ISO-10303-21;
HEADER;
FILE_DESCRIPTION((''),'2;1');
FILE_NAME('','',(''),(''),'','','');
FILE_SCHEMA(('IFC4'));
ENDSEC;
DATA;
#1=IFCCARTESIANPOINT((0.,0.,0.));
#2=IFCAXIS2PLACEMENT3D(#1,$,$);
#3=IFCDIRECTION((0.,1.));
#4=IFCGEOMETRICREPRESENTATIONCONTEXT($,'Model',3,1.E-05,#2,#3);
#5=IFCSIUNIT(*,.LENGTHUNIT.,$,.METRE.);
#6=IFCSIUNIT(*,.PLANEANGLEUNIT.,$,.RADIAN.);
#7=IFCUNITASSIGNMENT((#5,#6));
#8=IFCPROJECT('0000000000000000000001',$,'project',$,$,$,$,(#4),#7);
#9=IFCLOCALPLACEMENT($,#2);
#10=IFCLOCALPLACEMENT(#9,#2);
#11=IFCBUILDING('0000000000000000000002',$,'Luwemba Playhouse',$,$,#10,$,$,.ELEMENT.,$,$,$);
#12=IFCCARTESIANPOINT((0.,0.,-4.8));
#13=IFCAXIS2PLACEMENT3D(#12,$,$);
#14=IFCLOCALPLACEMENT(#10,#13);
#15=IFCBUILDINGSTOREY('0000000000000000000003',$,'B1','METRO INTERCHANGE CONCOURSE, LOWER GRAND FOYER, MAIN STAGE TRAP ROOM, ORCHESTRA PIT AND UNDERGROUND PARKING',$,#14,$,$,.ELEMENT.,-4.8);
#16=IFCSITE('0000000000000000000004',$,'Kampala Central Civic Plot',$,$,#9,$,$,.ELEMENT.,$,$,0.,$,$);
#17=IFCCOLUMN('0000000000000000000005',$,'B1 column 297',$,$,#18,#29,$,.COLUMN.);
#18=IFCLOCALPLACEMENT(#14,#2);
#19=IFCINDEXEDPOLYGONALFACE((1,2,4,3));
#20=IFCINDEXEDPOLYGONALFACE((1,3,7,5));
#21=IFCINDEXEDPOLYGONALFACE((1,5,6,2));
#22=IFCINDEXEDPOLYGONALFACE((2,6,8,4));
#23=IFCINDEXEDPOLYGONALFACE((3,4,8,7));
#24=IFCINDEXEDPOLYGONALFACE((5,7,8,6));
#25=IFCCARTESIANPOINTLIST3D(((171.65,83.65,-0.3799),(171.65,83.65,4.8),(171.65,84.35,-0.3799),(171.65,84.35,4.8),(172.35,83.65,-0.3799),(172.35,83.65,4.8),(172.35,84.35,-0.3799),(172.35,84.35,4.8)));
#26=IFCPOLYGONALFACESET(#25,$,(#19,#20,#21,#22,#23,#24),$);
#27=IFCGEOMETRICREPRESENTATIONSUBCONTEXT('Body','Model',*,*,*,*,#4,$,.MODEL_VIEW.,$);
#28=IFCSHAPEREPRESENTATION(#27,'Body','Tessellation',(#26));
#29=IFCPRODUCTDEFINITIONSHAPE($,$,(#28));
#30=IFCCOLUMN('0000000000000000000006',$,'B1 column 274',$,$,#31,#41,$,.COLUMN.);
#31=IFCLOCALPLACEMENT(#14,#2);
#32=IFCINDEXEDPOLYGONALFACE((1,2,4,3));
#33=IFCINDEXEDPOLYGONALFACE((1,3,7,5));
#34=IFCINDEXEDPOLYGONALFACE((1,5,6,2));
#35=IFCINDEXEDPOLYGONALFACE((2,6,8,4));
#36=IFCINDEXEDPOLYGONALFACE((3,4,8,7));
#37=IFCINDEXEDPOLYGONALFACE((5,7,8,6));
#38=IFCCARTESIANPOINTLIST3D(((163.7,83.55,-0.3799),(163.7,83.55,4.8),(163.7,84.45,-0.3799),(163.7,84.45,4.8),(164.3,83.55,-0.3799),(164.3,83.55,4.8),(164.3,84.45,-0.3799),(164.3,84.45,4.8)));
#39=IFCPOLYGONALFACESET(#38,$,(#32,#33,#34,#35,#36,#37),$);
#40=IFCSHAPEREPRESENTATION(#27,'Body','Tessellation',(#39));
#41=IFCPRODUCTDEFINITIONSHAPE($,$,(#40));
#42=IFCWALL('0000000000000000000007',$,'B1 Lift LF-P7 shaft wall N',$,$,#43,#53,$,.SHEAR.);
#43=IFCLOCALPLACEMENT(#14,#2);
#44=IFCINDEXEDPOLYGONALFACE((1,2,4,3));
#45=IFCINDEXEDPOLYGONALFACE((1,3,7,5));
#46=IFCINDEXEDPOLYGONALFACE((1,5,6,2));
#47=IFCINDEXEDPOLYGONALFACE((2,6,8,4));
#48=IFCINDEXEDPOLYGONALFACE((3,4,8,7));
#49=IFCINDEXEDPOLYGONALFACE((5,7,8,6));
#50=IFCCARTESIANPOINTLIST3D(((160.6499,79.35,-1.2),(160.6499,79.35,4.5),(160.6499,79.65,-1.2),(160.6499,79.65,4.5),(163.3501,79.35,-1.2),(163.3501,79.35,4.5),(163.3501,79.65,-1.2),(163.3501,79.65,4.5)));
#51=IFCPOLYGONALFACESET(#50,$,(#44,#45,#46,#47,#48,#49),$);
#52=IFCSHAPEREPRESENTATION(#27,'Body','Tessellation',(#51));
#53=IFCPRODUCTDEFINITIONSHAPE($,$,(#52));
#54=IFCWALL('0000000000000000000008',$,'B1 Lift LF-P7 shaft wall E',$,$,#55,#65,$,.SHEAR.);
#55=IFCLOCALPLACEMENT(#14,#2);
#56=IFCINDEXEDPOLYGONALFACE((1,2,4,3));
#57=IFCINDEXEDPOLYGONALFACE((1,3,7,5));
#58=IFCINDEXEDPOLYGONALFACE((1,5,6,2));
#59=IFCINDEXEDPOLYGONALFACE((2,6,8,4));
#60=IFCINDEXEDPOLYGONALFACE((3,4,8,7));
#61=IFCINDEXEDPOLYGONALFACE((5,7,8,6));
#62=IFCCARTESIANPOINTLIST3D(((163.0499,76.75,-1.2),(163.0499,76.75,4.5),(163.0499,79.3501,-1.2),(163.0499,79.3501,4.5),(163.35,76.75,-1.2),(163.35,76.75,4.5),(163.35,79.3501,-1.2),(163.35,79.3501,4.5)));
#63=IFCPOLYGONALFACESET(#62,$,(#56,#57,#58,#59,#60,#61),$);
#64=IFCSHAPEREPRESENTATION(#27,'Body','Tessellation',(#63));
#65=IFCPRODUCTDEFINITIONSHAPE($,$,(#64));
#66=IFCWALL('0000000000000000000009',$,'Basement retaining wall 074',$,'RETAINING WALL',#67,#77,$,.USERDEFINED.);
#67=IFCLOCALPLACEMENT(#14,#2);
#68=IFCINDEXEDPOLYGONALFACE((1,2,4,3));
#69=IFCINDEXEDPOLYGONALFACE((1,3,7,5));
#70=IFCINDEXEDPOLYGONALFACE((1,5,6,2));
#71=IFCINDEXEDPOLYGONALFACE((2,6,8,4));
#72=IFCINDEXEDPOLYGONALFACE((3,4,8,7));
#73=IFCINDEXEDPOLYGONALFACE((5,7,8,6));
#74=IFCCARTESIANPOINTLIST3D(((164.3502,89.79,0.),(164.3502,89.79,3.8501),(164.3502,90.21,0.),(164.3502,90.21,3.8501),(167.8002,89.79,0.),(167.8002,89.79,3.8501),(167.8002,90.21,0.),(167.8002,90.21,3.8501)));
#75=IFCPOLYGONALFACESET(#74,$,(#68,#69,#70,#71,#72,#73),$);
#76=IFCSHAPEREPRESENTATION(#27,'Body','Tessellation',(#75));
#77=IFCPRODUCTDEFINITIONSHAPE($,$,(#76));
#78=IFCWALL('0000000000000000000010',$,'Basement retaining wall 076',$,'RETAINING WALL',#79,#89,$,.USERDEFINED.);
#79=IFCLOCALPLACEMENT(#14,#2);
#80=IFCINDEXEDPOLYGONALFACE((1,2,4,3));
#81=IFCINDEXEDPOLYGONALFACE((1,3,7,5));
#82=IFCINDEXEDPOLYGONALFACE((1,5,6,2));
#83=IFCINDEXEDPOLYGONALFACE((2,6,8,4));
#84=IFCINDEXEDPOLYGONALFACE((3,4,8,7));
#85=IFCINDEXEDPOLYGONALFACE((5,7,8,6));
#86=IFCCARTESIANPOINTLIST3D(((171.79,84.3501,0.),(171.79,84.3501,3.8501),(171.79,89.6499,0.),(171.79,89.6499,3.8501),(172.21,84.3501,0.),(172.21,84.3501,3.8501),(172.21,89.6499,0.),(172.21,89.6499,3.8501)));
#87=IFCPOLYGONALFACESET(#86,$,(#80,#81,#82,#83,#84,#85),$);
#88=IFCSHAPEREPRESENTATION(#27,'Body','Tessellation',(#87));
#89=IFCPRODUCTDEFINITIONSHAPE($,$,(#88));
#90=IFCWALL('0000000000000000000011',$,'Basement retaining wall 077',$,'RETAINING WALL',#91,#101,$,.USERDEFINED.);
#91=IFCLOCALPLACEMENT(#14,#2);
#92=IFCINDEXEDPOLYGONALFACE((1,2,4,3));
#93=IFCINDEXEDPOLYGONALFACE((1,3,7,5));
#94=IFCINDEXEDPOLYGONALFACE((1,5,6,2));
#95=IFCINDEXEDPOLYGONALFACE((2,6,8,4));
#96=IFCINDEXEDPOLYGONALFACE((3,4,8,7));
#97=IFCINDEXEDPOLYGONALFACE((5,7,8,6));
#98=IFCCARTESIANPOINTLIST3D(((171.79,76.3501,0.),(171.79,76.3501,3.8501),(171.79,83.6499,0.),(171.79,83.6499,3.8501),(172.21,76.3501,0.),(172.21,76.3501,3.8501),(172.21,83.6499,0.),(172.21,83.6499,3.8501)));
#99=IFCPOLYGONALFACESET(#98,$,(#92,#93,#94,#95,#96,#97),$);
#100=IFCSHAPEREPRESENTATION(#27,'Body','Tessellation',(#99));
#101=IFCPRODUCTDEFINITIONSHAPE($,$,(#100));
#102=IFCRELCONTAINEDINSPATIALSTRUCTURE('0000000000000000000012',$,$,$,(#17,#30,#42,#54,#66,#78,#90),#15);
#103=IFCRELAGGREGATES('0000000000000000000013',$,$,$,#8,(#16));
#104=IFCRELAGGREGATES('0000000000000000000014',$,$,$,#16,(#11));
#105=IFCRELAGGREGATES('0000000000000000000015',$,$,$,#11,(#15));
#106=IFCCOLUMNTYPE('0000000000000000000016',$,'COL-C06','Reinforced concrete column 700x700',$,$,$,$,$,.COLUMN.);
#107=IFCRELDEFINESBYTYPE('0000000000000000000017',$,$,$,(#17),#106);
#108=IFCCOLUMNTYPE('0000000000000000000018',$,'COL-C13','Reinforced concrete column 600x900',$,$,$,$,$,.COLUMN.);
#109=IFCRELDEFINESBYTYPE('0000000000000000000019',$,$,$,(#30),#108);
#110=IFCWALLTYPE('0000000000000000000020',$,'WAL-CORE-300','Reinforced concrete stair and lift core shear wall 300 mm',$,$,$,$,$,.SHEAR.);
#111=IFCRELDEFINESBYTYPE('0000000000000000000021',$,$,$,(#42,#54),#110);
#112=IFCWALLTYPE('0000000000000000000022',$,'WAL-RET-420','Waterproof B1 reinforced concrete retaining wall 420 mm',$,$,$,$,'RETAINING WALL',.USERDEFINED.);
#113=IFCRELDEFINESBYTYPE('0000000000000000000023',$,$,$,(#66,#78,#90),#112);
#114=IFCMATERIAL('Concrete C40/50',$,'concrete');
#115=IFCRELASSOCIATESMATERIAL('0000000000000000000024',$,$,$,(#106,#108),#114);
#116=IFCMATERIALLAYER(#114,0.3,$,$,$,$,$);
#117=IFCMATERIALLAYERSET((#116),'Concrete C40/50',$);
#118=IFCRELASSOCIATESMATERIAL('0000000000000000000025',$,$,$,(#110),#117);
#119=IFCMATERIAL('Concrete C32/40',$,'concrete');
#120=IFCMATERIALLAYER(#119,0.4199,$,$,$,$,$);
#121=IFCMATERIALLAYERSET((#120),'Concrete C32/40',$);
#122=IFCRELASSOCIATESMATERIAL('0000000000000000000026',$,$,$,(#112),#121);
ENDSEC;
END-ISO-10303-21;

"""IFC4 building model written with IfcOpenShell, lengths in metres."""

from ifc_helpers import new_model, si_unit, direction, frame, frame_2d, origin, origin_2d, place, context, subcontext, project, spatial, rectangle, extrude, material, layer, layer_set, material_profile, profile_set, type_object, element, save


model = new_model("IFC4")

# Units and contexts
model_context = context("Model", 3, precision=1e-05, world=origin(), true_north=direction((0.0, 1.0)))
body_context = subcontext(model_context, "Body", "Model", "MODEL_VIEW")
ifc_project = project(units=[si_unit("LENGTHUNIT", "METRE"), si_unit("PLANEANGLEUNIT", "RADIAN")], contexts=[model_context])

# Site, building, storey
site_placement = place(None, origin())
site = spatial("IfcSite", under=ifc_project, at=site_placement, Name="Kampala Central Civic Plot", CompositionType="ELEMENT", RefElevation=0.0)
building_placement = place(site_placement, origin())
building = spatial("IfcBuilding", under=site, at=building_placement, Name="Luwemba Playhouse", CompositionType="ELEMENT")
storey_placement = place(building_placement, frame((0.0, 0.0, -4.8)))
storey = spatial("IfcBuildingStorey", under=building, at=storey_placement, Name="B1", Description="METRO INTERCHANGE CONCOURSE, LOWER GRAND FOYER, MAIN STAGE TRAP ROOM, ORCHESTRA PIT AND UNDERGROUND PARKING", CompositionType="ELEMENT", Elevation=-4.8)

# Shared definitions
ifc_material_1 = material(Name="Concrete C32/40", Category="concrete")

# Columns
ifc_material_2 = material(Name="Concrete C40/50", Category="concrete")
ifc_material_profile_1 = material_profile(ifc_material_2, rectangle(XDim=0.7, YDim=0.7, at=origin_2d()))
ifc_profile_set_1 = profile_set([ifc_material_profile_1], Name="Concrete C40/50")
column_type_1 = type_object("IfcColumnType", Name="COL-C06", Description="Reinforced concrete column 700x700", PredefinedType="COLUMN", material=ifc_profile_set_1)
for number, where, z_axis, x_axis, name in (
    (1, (172.0, 84.0, -0.3799), (0.0, 0.0, 1.0), (1.0, 0.0, 0.0), "B1 column 297"),
):
    element("IfcColumn", number, at=place(storey_placement, frame(where, z_axis=z_axis, x_axis=x_axis)), inside=storey, type_object=column_type_1, Name=name, PredefinedType="COLUMN", context=body_context, shape_type="SweptSolid", body=[
        extrude(rectangle(XDim=0.7, YDim=0.7, at=origin_2d()), origin(), (0.0, 0.0, 1.0), 5.1799),
    ])
ifc_material_profile_2 = material_profile(ifc_material_2, rectangle(XDim=0.6001, YDim=0.8999, at=origin_2d()))
ifc_profile_set_2 = profile_set([ifc_material_profile_2], Name="Concrete C40/50")
column_type_2 = type_object("IfcColumnType", Name="COL-C13", Description="Reinforced concrete column 600x900", PredefinedType="COLUMN", material=ifc_profile_set_2)
column_1_placement = place(storey_placement, frame((164.0, 84.0, -0.3799), z_axis=(0.0, 0.0, 1.0), x_axis=(1.0, 0.0, 0.0)))
element("IfcColumn", 2, at=column_1_placement, inside=storey, type_object=column_type_2, Name="B1 column 274", PredefinedType="COLUMN", context=body_context, shape_type="SweptSolid", body=[
    extrude(rectangle(XDim=0.6001, YDim=0.8999, at=origin_2d()), origin(), (0.0, 0.0, 1.0), 5.1799),
])

# Walls
ifc_layer_1 = layer(ifc_material_2, 0.3)
ifc_layer_set_1 = layer_set([ifc_layer_1], Name="Concrete C40/50")
wall_type_1 = type_object("IfcWallType", Name="WAL-CORE-300", Description="Reinforced concrete stair and lift core shear wall 300 mm", PredefinedType="SHEAR", material=ifc_layer_set_1)
wall_1_placement = place(storey_placement, frame((163.3501, 79.5, -1.2), z_axis=(0.0, 0.0, 1.0), x_axis=(-1.0, 0.0, 0.0)))
element("IfcWall", 3, at=wall_1_placement, inside=storey, type_object=wall_type_1, Name="B1 Lift LF-P7 shaft wall N", PredefinedType="SHEAR", context=body_context, shape_type="SweptSolid", body=[
    extrude(rectangle(XDim=2.7002, YDim=0.3, at=frame_2d((1.3501, 0.0))), origin(), (0.0, 0.0, 1.0), 5.7),
])
wall_2_placement = place(storey_placement, frame((163.2, 79.3501, -1.2), z_axis=(0.0, 0.0, 1.0), x_axis=(0.0, -1.0, 0.0)))
element("IfcWall", 4, at=wall_2_placement, inside=storey, type_object=wall_type_1, Name="B1 Lift LF-P7 shaft wall E", PredefinedType="SHEAR", context=body_context, shape_type="SweptSolid", body=[
    extrude(rectangle(XDim=2.6001, YDim=0.3, at=frame_2d((1.3, 0.0))), origin(), (0.0, 0.0, 1.0), 5.7),
])
ifc_layer_2 = layer(ifc_material_1, 0.4199)
ifc_layer_set_2 = layer_set([ifc_layer_2], Name="Concrete C32/40")
wall_type_2 = type_object("IfcWallType", Name="WAL-RET-420", Description="Waterproof B1 reinforced concrete retaining wall 420 mm", ElementType="RETAINING WALL", PredefinedType="USERDEFINED", material=ifc_layer_set_2)
wall_3_placement = place(storey_placement, frame((164.3501, 90.0, 0.0), z_axis=(0.0, 0.0, 1.0), x_axis=(1.0, 0.0, 0.0)))
element("IfcWall", 5, at=wall_3_placement, inside=storey, type_object=wall_type_2, Name="Basement retaining wall 074", ObjectType="RETAINING WALL", PredefinedType="USERDEFINED", context=body_context, shape_type="SweptSolid", body=[
    extrude(rectangle(XDim=3.45, YDim=0.4199, at=frame_2d((1.7251, 0.0))), origin(), (0.0, 0.0, 1.0), 3.8501),
])
wall_4_placement = place(storey_placement, frame((172.0, 89.6499, 0.0), z_axis=(0.0, 0.0, 1.0), x_axis=(0.0, -1.0, 0.0)))
element("IfcWall", 6, at=wall_4_placement, inside=storey, type_object=wall_type_2, Name="Basement retaining wall 076", ObjectType="RETAINING WALL", PredefinedType="USERDEFINED", context=body_context, shape_type="SweptSolid", body=[
    extrude(rectangle(XDim=5.2998, YDim=0.4199, at=frame_2d((2.6499, 0.0))), origin(), (0.0, 0.0, 1.0), 3.8501),
])
wall_5_placement = place(storey_placement, frame((172.0, 83.6499, 0.0), z_axis=(0.0, 0.0, 1.0), x_axis=(0.0, -1.0, 0.0)))
element("IfcWall", 7, at=wall_5_placement, inside=storey, type_object=wall_type_2, Name="Basement retaining wall 077", ObjectType="RETAINING WALL", PredefinedType="USERDEFINED", context=body_context, shape_type="SweptSolid", body=[
    extrude(rectangle(XDim=7.2998, YDim=0.4199, at=frame_2d((3.6499, 0.0))), origin(), (0.0, 0.0, 1.0), 3.8501),
])

save(model, "model.ifc")
